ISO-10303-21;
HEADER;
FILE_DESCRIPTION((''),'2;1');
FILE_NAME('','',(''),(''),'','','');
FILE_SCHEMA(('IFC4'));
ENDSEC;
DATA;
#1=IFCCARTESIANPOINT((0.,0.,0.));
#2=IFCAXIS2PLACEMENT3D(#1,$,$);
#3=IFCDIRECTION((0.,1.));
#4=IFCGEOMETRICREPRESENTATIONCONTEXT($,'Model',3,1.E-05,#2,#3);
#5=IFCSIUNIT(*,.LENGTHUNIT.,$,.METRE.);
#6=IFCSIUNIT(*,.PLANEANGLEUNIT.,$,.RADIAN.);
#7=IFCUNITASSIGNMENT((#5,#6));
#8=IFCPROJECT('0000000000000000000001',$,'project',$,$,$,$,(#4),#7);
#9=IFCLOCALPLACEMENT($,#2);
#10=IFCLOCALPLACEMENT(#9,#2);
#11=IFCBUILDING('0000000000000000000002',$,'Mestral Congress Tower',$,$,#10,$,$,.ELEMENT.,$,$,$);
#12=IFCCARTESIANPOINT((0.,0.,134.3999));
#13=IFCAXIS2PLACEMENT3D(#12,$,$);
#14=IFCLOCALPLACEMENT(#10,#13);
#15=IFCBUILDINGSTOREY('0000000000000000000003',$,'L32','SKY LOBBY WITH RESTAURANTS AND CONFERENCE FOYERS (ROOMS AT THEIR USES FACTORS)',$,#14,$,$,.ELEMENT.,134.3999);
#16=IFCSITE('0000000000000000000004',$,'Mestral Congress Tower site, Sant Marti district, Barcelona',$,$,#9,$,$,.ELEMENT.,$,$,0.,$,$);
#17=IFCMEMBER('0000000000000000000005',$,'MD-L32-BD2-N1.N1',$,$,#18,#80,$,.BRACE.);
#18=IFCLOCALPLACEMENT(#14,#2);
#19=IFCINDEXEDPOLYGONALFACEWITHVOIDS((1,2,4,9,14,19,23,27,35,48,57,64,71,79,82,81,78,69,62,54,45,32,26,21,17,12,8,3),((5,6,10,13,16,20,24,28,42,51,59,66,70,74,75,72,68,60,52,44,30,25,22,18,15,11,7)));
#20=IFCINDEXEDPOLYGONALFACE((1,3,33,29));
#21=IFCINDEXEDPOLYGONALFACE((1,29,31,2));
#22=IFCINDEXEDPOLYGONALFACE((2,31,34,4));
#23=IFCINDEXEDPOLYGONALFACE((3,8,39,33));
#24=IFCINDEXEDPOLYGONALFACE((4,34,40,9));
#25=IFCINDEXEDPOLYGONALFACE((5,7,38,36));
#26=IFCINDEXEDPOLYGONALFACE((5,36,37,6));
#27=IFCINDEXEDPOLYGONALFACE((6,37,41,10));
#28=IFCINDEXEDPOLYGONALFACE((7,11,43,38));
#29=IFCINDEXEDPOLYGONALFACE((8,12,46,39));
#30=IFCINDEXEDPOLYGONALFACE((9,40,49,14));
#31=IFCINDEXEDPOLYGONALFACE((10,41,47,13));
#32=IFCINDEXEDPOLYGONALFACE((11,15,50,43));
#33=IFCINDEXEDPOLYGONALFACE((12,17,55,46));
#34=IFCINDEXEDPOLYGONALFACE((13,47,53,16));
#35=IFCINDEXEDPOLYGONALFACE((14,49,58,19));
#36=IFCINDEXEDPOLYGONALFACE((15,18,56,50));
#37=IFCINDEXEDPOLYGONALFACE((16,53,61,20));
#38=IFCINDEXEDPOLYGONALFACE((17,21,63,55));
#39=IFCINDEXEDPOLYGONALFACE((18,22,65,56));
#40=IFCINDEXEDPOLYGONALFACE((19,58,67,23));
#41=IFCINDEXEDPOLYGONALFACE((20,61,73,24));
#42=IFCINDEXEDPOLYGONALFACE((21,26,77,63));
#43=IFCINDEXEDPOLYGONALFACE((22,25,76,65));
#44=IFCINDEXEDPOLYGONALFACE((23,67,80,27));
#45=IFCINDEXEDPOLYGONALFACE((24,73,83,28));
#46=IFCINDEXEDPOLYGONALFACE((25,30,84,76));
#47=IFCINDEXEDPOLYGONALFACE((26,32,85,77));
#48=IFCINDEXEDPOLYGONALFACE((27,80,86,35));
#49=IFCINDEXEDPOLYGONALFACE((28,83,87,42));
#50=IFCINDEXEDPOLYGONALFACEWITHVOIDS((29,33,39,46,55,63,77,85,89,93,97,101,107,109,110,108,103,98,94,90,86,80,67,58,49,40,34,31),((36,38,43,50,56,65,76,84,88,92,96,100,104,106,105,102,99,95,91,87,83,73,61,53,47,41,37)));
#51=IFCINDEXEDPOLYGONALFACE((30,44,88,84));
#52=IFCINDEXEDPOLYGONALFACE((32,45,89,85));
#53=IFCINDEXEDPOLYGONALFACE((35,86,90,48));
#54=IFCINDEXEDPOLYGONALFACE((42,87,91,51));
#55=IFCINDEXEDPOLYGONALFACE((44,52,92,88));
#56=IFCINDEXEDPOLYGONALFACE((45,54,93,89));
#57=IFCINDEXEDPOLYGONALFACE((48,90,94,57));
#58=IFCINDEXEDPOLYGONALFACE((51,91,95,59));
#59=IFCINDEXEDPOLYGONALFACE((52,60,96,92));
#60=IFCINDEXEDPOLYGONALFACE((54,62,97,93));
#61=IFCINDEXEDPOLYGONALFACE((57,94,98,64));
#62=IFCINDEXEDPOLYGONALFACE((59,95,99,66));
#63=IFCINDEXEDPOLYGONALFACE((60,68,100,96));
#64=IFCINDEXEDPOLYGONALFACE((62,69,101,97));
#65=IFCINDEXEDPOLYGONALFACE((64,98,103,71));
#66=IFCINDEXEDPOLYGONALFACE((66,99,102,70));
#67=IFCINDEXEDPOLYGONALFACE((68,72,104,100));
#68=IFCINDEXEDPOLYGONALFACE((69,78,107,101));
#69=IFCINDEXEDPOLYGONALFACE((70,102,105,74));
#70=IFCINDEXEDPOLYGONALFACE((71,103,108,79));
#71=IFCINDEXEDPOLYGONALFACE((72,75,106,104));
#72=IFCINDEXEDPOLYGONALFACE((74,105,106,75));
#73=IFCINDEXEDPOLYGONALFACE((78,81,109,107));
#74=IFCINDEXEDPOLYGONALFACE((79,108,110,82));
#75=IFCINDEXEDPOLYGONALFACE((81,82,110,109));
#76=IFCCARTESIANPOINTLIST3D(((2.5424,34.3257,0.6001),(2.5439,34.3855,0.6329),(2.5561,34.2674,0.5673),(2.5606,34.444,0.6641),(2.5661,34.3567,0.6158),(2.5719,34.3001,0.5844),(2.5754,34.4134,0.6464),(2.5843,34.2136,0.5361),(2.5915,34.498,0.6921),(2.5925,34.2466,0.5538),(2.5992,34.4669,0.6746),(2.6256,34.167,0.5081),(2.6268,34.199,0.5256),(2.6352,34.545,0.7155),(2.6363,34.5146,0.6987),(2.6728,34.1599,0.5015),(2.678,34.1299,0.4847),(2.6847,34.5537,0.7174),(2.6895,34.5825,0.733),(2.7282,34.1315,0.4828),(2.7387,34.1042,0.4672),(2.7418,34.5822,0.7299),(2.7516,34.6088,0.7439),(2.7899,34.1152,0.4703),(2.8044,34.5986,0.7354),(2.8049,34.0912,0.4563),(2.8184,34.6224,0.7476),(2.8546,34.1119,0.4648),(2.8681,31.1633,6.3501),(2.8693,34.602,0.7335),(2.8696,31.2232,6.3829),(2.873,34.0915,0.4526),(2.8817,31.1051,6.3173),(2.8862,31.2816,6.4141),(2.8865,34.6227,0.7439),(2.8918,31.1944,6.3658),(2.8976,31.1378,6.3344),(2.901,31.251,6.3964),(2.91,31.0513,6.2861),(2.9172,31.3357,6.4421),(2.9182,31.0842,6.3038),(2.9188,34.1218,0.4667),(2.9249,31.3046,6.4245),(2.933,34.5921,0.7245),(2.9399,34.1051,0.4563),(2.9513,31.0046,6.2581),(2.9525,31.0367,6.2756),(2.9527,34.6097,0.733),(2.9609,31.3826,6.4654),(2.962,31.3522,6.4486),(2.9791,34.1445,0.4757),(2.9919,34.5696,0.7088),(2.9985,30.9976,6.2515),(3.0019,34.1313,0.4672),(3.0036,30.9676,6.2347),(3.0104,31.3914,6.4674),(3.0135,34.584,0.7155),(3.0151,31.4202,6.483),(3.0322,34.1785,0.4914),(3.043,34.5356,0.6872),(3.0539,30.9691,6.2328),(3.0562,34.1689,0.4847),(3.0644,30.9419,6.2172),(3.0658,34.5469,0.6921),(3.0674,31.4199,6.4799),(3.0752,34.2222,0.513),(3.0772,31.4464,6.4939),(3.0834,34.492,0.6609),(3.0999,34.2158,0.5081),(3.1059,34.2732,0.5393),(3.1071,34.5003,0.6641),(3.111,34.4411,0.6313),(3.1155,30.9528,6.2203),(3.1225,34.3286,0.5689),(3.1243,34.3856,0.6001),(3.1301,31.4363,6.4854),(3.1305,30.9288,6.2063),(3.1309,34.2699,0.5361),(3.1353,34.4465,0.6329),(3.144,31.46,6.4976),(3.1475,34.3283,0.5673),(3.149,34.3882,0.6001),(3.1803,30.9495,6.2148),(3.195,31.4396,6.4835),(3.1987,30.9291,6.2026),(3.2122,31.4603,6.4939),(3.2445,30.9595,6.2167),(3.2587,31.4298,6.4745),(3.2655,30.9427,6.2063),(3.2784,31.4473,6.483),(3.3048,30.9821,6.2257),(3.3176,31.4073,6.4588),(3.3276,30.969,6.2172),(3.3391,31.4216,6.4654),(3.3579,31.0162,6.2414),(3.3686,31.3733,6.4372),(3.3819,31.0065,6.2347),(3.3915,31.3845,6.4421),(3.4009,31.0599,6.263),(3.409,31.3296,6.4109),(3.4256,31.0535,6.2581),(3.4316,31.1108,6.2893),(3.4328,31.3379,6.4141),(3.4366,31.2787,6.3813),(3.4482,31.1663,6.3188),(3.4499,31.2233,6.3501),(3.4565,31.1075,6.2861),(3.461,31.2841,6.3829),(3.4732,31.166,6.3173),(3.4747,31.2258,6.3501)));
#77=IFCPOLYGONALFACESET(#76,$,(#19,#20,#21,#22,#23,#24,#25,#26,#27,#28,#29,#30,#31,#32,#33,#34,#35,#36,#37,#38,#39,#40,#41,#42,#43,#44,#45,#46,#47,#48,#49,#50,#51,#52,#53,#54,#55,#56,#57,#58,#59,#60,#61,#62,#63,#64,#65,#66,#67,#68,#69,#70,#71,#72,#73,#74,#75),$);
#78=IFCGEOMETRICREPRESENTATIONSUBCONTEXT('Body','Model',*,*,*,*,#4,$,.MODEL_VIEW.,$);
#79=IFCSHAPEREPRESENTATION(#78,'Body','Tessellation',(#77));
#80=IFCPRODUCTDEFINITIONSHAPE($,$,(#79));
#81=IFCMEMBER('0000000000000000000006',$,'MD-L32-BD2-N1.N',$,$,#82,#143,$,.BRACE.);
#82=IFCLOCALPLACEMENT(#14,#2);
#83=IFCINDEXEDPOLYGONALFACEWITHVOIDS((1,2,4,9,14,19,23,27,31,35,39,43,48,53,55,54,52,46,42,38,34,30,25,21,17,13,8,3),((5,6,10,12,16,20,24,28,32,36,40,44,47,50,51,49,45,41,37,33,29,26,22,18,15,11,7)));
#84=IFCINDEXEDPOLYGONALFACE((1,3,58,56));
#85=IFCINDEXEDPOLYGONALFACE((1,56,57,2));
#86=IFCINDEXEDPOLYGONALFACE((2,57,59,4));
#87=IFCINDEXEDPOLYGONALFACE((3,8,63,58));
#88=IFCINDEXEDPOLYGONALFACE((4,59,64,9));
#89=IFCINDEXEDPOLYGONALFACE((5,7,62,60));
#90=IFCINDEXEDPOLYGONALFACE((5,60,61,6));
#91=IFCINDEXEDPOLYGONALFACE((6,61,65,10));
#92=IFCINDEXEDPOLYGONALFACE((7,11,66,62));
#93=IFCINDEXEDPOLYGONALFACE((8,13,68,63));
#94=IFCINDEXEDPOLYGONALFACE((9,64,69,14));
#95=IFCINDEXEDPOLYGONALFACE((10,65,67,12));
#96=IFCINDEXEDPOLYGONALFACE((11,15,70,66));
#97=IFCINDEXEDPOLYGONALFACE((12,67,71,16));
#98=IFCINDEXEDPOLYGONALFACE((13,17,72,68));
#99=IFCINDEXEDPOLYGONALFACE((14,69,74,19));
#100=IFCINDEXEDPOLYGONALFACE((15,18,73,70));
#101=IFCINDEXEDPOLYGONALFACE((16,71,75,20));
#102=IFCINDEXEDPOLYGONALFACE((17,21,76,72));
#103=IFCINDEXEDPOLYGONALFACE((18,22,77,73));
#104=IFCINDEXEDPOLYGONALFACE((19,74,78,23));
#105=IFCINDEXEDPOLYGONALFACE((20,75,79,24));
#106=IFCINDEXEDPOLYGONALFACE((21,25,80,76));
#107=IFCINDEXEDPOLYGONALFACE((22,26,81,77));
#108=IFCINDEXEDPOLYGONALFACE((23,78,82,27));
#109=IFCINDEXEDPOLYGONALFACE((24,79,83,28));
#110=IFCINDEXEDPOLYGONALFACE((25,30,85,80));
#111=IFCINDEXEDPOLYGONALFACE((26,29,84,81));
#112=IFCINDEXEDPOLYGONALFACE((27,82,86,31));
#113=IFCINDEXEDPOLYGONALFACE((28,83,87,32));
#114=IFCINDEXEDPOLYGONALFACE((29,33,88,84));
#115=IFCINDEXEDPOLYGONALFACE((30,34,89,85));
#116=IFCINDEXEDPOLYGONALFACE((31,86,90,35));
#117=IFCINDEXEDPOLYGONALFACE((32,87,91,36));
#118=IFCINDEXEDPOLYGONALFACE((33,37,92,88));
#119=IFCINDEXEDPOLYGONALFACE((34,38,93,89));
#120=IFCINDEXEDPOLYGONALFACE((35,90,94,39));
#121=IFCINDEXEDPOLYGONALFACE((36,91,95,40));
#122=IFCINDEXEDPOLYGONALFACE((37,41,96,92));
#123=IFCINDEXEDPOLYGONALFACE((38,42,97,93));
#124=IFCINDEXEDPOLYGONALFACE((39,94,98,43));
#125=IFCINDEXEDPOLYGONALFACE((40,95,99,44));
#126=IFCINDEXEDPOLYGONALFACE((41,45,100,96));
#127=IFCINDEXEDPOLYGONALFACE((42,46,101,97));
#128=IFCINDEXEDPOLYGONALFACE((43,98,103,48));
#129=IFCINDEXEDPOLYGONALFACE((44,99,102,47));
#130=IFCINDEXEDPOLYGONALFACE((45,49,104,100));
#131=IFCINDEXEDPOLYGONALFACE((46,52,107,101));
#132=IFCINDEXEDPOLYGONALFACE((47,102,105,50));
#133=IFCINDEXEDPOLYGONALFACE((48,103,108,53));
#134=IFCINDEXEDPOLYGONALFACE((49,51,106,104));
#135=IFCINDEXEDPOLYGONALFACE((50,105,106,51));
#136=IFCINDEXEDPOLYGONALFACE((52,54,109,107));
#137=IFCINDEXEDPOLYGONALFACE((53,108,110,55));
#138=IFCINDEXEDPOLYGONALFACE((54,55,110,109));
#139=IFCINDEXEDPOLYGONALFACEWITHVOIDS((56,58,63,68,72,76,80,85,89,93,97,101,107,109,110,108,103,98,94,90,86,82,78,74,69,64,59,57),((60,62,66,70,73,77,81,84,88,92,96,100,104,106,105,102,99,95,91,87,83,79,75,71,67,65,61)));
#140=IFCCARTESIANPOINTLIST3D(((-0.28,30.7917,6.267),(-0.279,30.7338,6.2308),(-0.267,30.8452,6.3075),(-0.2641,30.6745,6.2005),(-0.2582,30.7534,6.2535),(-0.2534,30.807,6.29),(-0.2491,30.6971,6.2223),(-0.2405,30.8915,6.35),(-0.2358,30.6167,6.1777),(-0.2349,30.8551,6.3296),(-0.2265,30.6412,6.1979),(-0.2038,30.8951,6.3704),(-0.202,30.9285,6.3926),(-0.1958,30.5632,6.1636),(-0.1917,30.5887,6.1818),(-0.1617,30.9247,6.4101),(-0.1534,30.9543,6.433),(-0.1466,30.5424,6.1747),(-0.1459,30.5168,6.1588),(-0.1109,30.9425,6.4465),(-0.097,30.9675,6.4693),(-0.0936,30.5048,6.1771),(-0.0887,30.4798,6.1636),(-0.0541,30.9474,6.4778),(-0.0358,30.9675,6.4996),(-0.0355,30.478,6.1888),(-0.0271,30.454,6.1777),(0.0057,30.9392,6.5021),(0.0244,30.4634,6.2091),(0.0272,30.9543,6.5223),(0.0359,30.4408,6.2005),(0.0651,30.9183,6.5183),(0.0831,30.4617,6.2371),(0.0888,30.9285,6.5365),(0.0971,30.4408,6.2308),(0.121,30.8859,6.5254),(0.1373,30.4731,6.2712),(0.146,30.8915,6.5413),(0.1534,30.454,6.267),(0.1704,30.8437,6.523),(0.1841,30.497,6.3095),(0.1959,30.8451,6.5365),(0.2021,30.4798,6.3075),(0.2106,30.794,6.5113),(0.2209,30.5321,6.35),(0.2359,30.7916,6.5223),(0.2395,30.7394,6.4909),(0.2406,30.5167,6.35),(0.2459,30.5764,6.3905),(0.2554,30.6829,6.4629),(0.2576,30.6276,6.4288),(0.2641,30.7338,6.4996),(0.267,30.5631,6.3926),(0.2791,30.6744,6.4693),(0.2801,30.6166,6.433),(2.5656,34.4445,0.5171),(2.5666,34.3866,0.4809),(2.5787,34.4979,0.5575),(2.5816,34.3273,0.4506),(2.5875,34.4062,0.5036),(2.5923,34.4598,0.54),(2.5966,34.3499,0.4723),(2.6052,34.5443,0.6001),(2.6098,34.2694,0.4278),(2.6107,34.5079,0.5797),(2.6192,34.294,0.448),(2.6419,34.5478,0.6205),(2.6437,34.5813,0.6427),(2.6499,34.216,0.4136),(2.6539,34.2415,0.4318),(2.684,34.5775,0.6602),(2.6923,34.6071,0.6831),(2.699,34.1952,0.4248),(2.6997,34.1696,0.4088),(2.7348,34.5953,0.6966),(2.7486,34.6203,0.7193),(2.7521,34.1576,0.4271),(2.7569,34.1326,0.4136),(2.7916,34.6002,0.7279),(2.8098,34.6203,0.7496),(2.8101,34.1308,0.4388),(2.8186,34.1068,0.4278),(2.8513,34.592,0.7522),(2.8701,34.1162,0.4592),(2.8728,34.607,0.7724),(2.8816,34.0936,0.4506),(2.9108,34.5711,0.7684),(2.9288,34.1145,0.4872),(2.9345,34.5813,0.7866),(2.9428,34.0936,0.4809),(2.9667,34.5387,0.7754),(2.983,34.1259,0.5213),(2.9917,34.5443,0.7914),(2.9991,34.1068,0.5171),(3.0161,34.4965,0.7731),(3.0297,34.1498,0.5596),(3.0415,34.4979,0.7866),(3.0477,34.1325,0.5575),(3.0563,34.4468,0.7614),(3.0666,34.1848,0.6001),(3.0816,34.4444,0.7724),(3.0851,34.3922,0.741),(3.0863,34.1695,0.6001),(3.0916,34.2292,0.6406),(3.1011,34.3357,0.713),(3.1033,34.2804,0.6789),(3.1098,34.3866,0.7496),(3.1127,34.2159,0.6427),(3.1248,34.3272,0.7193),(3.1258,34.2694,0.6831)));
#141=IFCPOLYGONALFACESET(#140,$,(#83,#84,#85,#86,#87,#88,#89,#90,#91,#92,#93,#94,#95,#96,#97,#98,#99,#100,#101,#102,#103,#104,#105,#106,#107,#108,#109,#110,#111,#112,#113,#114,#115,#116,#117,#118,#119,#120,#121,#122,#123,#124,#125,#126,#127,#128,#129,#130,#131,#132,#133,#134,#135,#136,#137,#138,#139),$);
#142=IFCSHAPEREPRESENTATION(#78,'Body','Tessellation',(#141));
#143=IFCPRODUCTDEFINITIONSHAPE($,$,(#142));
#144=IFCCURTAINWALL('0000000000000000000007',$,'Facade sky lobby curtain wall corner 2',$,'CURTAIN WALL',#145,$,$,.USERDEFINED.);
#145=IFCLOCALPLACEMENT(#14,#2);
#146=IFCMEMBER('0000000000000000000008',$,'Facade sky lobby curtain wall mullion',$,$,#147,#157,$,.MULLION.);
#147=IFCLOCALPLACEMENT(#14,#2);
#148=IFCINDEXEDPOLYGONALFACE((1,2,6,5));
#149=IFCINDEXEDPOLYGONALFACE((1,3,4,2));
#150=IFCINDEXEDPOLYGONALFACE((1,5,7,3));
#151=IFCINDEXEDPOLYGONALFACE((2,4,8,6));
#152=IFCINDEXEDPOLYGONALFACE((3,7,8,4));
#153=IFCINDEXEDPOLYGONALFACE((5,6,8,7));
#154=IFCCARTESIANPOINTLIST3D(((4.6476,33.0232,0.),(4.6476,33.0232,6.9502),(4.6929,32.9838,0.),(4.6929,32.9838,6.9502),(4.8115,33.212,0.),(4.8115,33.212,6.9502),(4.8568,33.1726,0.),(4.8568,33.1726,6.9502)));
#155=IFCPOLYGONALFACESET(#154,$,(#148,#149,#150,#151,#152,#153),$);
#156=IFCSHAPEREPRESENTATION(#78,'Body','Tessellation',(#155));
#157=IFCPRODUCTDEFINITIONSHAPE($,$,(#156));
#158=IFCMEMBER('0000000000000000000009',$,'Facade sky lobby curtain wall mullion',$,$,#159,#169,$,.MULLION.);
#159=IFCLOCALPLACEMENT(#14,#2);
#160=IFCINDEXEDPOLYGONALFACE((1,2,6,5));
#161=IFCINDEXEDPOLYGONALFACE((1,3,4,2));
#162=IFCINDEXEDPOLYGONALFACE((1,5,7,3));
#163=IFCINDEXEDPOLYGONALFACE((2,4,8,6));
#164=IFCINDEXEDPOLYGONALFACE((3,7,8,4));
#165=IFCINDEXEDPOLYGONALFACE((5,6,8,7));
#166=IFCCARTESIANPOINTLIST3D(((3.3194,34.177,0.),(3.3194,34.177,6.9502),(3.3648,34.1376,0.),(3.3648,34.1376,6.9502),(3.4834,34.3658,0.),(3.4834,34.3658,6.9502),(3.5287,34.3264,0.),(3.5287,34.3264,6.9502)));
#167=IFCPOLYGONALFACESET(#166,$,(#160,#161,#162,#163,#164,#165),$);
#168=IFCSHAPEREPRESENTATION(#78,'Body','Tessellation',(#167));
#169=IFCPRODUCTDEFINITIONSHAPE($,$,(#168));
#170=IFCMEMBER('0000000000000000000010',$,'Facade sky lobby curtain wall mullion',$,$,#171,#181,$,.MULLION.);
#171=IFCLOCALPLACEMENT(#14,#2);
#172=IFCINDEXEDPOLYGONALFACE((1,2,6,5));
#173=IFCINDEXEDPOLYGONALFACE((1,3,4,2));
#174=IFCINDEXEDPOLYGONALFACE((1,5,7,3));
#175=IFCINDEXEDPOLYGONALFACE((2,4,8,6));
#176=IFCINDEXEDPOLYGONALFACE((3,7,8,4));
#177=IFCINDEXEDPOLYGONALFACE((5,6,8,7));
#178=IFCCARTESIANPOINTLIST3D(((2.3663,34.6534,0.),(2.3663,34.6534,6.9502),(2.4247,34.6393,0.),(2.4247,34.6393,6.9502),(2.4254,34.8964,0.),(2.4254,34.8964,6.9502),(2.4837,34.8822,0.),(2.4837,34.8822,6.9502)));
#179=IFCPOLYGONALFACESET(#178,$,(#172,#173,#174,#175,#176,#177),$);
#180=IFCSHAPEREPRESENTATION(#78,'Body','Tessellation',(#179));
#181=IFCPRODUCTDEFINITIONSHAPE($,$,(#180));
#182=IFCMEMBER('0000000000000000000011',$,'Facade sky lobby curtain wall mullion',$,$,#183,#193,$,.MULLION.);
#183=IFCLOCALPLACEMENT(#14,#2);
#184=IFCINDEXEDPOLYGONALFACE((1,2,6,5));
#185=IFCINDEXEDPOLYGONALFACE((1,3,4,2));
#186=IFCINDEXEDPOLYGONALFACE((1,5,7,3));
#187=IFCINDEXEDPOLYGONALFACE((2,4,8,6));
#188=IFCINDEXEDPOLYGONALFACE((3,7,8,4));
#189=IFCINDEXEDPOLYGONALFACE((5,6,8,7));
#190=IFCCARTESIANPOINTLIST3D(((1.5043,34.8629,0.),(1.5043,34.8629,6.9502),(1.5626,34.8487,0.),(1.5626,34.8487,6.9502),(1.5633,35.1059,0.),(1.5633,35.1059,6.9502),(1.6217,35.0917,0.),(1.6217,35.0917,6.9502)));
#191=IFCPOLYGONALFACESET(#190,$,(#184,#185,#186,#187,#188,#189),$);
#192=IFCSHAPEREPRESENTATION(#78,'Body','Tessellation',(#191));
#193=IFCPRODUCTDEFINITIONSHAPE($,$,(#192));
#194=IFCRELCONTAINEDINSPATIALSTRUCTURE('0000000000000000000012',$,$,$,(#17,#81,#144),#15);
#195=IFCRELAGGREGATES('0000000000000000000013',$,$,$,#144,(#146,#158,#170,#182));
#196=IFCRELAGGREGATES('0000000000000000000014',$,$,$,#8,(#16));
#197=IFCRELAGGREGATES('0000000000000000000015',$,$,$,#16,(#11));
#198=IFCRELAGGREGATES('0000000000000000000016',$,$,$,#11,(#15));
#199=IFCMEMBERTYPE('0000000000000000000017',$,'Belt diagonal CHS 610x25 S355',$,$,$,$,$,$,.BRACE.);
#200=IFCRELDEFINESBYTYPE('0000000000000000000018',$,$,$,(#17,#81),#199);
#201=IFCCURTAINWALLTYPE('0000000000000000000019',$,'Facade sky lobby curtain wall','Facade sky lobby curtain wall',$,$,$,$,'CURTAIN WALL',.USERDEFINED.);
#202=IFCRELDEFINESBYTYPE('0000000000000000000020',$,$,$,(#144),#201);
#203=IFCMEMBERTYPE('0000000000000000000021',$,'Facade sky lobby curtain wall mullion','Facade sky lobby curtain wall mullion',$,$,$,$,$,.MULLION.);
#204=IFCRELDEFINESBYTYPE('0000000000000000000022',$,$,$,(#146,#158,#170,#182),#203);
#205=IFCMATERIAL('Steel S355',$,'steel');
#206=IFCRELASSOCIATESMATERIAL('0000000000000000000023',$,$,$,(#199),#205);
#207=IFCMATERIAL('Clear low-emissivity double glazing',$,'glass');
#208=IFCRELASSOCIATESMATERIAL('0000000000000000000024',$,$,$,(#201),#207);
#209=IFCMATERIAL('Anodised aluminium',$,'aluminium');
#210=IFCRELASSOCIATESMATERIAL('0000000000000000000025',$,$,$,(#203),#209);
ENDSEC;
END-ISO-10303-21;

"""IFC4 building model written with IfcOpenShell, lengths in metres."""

from ifc_helpers import new_model, si_unit, direction, frame, origin, origin_2d, place, context, subcontext, project, spatial, rectangle, hollow_circle, extrude, material, material_profile, profile_set, type_object, element, aggregate, save


model = new_model("IFC4")

# Units and contexts
model_context = context("Model", 3, precision=1e-05, world=origin(), true_north=direction((0.0, 1.0)))
body_context = subcontext(model_context, "Body", "Model", "MODEL_VIEW")
ifc_project = project(units=[si_unit("LENGTHUNIT", "METRE"), si_unit("PLANEANGLEUNIT", "RADIAN")], contexts=[model_context])

# Site, building, storey
site_placement = place(None, origin())
site = spatial("IfcSite", under=ifc_project, at=site_placement, Name="Mestral Congress Tower site, Sant Marti district, Barcelona", CompositionType="ELEMENT", RefElevation=0.0)
building_placement = place(site_placement, origin())
building = spatial("IfcBuilding", under=site, at=building_placement, Name="Mestral Congress Tower", CompositionType="ELEMENT")
storey_placement = place(building_placement, frame((0.0, 0.0, 134.3999)))
storey = spatial("IfcBuildingStorey", under=building, at=storey_placement, Name="L32", Description="SKY LOBBY WITH RESTAURANTS AND CONFERENCE FOYERS (ROOMS AT THEIR USES FACTORS)", CompositionType="ELEMENT", Elevation=134.3999)

# Members
ifc_material_1 = material(Name="Steel S355", Category="steel")
ifc_material_profile_1 = material_profile(ifc_material_1, hollow_circle(Radius=0.3049, WallThickness=0.0249, at=origin_2d()), Name="CHS 610x25")
ifc_profile_set_1 = profile_set([ifc_material_profile_1], Name="Steel S355")
member_type_1 = type_object("IfcMemberType", Name="Belt diagonal CHS 610x25 S355", PredefinedType="BRACE", material=ifc_profile_set_1)
member_1_placement = place(storey_placement, frame((2.8457, 34.3569, 0.6001), z_axis=(0.049569, -0.481309, 0.875148), x_axis=(0.994739, 0.102446, 0.0)))
element("IfcMember", 1, at=member_1_placement, inside=storey, type_object=member_type_1, Name="MD-L32-BD2-N1.N1", PredefinedType="BRACE", context=body_context, shape_type="SweptSolid", body=[
    extrude(hollow_circle(Radius=0.3049, WallThickness=0.0249, at=origin_2d()), origin(), (0.0, 0.0, 1.0), 6.5703),
])
member_2_placement = place(storey_placement, frame((2.8457, 34.3569, 0.6001), z_axis=(-0.385458, -0.494785, 0.778852), x_axis=(0.788869, -0.614561, 0.0)))
element("IfcMember", 2, at=member_2_placement, inside=storey, type_object=member_type_1, Name="MD-L32-BD2-N1.N", PredefinedType="BRACE", context=body_context, shape_type="SweptSolid", body=[
    extrude(hollow_circle(Radius=0.3049, WallThickness=0.0249, at=origin_2d()), origin(), (0.0, 0.0, 1.0), 7.3826),
])

# Curtain wall, members
ifc_material_2 = material(Name="Clear low-emissivity double glazing", Category="glass")
curtain_wall_type = type_object("IfcCurtainWallType", Name="Facade sky lobby curtain wall", Description="Facade sky lobby curtain wall", ElementType="CURTAIN WALL", PredefinedType="USERDEFINED", material=ifc_material_2)
curtain_wall_placement = place(storey_placement, origin())
curtain_wall = element("IfcCurtainWall", 3, at=curtain_wall_placement, inside=storey, type_object=curtain_wall_type, Name="Facade sky lobby curtain wall corner 2", ObjectType="CURTAIN WALL", PredefinedType="USERDEFINED")
ifc_material_3 = material(Name="Anodised aluminium", Category="aluminium")
ifc_material_profile_2 = material_profile(ifc_material_3, rectangle(XDim=0.25, YDim=0.0601, at=origin_2d()), Name="CW1 mullion 250 x 60")
ifc_profile_set_2 = profile_set([ifc_material_profile_2], Name="Anodised aluminium")
member_type_2 = type_object("IfcMemberType", Name="Facade sky lobby curtain wall mullion", Description="Facade sky lobby curtain wall mullion", PredefinedType="MULLION", material=ifc_profile_set_2)
member_3_placement = place(storey_placement, frame((4.7522, 33.0979, 0.0), z_axis=(0.0, 0.0, 1.0), x_axis=(0.65581, 0.754926, 0.0)))
member_3 = element("IfcMember", 4, at=member_3_placement, type_object=member_type_2, Name="Facade sky lobby curtain wall mullion", PredefinedType="MULLION", context=body_context, shape_type="SweptSolid", body=[
    extrude(rectangle(XDim=0.25, YDim=0.0601, at=origin_2d()), origin(), (0.0, 0.0, 1.0), 6.9502),
])
member_4_placement = place(storey_placement, frame((3.4241, 34.2517, 0.0), z_axis=(0.0, 0.0, 1.0), x_axis=(0.65581, 0.754926, 0.0)))
member_4 = element("IfcMember", 5, at=member_4_placement, type_object=member_type_2, Name="Facade sky lobby curtain wall mullion", PredefinedType="MULLION", context=body_context, shape_type="SweptSolid", body=[
    extrude(rectangle(XDim=0.25, YDim=0.0601, at=origin_2d()), origin(), (0.0, 0.0, 1.0), 6.9502),
])
member_5_placement = place(storey_placement, frame((2.425, 34.7678, 0.0), z_axis=(0.0, 0.0, 1.0), x_axis=(0.236153, 0.971716, 0.0)))
member_5 = element("IfcMember", 6, at=member_5_placement, type_object=member_type_2, Name="Facade sky lobby curtain wall mullion", PredefinedType="MULLION", context=body_context, shape_type="SweptSolid", body=[
    extrude(rectangle(XDim=0.25, YDim=0.0601, at=origin_2d()), origin(), (0.0, 0.0, 1.0), 6.9502),
])
member_6_placement = place(storey_placement, frame((1.563, 34.9773, 0.0), z_axis=(0.0, 0.0, 1.0), x_axis=(0.236153, 0.971716, 0.0)))
member_6 = element("IfcMember", 7, at=member_6_placement, type_object=member_type_2, Name="Facade sky lobby curtain wall mullion", PredefinedType="MULLION", context=body_context, shape_type="SweptSolid", body=[
    extrude(rectangle(XDim=0.25, YDim=0.0601, at=origin_2d()), origin(), (0.0, 0.0, 1.0), 6.9502),
])

aggregate(curtain_wall, [member_3, member_4, member_5, member_6])

save(model, "model.ifc")
